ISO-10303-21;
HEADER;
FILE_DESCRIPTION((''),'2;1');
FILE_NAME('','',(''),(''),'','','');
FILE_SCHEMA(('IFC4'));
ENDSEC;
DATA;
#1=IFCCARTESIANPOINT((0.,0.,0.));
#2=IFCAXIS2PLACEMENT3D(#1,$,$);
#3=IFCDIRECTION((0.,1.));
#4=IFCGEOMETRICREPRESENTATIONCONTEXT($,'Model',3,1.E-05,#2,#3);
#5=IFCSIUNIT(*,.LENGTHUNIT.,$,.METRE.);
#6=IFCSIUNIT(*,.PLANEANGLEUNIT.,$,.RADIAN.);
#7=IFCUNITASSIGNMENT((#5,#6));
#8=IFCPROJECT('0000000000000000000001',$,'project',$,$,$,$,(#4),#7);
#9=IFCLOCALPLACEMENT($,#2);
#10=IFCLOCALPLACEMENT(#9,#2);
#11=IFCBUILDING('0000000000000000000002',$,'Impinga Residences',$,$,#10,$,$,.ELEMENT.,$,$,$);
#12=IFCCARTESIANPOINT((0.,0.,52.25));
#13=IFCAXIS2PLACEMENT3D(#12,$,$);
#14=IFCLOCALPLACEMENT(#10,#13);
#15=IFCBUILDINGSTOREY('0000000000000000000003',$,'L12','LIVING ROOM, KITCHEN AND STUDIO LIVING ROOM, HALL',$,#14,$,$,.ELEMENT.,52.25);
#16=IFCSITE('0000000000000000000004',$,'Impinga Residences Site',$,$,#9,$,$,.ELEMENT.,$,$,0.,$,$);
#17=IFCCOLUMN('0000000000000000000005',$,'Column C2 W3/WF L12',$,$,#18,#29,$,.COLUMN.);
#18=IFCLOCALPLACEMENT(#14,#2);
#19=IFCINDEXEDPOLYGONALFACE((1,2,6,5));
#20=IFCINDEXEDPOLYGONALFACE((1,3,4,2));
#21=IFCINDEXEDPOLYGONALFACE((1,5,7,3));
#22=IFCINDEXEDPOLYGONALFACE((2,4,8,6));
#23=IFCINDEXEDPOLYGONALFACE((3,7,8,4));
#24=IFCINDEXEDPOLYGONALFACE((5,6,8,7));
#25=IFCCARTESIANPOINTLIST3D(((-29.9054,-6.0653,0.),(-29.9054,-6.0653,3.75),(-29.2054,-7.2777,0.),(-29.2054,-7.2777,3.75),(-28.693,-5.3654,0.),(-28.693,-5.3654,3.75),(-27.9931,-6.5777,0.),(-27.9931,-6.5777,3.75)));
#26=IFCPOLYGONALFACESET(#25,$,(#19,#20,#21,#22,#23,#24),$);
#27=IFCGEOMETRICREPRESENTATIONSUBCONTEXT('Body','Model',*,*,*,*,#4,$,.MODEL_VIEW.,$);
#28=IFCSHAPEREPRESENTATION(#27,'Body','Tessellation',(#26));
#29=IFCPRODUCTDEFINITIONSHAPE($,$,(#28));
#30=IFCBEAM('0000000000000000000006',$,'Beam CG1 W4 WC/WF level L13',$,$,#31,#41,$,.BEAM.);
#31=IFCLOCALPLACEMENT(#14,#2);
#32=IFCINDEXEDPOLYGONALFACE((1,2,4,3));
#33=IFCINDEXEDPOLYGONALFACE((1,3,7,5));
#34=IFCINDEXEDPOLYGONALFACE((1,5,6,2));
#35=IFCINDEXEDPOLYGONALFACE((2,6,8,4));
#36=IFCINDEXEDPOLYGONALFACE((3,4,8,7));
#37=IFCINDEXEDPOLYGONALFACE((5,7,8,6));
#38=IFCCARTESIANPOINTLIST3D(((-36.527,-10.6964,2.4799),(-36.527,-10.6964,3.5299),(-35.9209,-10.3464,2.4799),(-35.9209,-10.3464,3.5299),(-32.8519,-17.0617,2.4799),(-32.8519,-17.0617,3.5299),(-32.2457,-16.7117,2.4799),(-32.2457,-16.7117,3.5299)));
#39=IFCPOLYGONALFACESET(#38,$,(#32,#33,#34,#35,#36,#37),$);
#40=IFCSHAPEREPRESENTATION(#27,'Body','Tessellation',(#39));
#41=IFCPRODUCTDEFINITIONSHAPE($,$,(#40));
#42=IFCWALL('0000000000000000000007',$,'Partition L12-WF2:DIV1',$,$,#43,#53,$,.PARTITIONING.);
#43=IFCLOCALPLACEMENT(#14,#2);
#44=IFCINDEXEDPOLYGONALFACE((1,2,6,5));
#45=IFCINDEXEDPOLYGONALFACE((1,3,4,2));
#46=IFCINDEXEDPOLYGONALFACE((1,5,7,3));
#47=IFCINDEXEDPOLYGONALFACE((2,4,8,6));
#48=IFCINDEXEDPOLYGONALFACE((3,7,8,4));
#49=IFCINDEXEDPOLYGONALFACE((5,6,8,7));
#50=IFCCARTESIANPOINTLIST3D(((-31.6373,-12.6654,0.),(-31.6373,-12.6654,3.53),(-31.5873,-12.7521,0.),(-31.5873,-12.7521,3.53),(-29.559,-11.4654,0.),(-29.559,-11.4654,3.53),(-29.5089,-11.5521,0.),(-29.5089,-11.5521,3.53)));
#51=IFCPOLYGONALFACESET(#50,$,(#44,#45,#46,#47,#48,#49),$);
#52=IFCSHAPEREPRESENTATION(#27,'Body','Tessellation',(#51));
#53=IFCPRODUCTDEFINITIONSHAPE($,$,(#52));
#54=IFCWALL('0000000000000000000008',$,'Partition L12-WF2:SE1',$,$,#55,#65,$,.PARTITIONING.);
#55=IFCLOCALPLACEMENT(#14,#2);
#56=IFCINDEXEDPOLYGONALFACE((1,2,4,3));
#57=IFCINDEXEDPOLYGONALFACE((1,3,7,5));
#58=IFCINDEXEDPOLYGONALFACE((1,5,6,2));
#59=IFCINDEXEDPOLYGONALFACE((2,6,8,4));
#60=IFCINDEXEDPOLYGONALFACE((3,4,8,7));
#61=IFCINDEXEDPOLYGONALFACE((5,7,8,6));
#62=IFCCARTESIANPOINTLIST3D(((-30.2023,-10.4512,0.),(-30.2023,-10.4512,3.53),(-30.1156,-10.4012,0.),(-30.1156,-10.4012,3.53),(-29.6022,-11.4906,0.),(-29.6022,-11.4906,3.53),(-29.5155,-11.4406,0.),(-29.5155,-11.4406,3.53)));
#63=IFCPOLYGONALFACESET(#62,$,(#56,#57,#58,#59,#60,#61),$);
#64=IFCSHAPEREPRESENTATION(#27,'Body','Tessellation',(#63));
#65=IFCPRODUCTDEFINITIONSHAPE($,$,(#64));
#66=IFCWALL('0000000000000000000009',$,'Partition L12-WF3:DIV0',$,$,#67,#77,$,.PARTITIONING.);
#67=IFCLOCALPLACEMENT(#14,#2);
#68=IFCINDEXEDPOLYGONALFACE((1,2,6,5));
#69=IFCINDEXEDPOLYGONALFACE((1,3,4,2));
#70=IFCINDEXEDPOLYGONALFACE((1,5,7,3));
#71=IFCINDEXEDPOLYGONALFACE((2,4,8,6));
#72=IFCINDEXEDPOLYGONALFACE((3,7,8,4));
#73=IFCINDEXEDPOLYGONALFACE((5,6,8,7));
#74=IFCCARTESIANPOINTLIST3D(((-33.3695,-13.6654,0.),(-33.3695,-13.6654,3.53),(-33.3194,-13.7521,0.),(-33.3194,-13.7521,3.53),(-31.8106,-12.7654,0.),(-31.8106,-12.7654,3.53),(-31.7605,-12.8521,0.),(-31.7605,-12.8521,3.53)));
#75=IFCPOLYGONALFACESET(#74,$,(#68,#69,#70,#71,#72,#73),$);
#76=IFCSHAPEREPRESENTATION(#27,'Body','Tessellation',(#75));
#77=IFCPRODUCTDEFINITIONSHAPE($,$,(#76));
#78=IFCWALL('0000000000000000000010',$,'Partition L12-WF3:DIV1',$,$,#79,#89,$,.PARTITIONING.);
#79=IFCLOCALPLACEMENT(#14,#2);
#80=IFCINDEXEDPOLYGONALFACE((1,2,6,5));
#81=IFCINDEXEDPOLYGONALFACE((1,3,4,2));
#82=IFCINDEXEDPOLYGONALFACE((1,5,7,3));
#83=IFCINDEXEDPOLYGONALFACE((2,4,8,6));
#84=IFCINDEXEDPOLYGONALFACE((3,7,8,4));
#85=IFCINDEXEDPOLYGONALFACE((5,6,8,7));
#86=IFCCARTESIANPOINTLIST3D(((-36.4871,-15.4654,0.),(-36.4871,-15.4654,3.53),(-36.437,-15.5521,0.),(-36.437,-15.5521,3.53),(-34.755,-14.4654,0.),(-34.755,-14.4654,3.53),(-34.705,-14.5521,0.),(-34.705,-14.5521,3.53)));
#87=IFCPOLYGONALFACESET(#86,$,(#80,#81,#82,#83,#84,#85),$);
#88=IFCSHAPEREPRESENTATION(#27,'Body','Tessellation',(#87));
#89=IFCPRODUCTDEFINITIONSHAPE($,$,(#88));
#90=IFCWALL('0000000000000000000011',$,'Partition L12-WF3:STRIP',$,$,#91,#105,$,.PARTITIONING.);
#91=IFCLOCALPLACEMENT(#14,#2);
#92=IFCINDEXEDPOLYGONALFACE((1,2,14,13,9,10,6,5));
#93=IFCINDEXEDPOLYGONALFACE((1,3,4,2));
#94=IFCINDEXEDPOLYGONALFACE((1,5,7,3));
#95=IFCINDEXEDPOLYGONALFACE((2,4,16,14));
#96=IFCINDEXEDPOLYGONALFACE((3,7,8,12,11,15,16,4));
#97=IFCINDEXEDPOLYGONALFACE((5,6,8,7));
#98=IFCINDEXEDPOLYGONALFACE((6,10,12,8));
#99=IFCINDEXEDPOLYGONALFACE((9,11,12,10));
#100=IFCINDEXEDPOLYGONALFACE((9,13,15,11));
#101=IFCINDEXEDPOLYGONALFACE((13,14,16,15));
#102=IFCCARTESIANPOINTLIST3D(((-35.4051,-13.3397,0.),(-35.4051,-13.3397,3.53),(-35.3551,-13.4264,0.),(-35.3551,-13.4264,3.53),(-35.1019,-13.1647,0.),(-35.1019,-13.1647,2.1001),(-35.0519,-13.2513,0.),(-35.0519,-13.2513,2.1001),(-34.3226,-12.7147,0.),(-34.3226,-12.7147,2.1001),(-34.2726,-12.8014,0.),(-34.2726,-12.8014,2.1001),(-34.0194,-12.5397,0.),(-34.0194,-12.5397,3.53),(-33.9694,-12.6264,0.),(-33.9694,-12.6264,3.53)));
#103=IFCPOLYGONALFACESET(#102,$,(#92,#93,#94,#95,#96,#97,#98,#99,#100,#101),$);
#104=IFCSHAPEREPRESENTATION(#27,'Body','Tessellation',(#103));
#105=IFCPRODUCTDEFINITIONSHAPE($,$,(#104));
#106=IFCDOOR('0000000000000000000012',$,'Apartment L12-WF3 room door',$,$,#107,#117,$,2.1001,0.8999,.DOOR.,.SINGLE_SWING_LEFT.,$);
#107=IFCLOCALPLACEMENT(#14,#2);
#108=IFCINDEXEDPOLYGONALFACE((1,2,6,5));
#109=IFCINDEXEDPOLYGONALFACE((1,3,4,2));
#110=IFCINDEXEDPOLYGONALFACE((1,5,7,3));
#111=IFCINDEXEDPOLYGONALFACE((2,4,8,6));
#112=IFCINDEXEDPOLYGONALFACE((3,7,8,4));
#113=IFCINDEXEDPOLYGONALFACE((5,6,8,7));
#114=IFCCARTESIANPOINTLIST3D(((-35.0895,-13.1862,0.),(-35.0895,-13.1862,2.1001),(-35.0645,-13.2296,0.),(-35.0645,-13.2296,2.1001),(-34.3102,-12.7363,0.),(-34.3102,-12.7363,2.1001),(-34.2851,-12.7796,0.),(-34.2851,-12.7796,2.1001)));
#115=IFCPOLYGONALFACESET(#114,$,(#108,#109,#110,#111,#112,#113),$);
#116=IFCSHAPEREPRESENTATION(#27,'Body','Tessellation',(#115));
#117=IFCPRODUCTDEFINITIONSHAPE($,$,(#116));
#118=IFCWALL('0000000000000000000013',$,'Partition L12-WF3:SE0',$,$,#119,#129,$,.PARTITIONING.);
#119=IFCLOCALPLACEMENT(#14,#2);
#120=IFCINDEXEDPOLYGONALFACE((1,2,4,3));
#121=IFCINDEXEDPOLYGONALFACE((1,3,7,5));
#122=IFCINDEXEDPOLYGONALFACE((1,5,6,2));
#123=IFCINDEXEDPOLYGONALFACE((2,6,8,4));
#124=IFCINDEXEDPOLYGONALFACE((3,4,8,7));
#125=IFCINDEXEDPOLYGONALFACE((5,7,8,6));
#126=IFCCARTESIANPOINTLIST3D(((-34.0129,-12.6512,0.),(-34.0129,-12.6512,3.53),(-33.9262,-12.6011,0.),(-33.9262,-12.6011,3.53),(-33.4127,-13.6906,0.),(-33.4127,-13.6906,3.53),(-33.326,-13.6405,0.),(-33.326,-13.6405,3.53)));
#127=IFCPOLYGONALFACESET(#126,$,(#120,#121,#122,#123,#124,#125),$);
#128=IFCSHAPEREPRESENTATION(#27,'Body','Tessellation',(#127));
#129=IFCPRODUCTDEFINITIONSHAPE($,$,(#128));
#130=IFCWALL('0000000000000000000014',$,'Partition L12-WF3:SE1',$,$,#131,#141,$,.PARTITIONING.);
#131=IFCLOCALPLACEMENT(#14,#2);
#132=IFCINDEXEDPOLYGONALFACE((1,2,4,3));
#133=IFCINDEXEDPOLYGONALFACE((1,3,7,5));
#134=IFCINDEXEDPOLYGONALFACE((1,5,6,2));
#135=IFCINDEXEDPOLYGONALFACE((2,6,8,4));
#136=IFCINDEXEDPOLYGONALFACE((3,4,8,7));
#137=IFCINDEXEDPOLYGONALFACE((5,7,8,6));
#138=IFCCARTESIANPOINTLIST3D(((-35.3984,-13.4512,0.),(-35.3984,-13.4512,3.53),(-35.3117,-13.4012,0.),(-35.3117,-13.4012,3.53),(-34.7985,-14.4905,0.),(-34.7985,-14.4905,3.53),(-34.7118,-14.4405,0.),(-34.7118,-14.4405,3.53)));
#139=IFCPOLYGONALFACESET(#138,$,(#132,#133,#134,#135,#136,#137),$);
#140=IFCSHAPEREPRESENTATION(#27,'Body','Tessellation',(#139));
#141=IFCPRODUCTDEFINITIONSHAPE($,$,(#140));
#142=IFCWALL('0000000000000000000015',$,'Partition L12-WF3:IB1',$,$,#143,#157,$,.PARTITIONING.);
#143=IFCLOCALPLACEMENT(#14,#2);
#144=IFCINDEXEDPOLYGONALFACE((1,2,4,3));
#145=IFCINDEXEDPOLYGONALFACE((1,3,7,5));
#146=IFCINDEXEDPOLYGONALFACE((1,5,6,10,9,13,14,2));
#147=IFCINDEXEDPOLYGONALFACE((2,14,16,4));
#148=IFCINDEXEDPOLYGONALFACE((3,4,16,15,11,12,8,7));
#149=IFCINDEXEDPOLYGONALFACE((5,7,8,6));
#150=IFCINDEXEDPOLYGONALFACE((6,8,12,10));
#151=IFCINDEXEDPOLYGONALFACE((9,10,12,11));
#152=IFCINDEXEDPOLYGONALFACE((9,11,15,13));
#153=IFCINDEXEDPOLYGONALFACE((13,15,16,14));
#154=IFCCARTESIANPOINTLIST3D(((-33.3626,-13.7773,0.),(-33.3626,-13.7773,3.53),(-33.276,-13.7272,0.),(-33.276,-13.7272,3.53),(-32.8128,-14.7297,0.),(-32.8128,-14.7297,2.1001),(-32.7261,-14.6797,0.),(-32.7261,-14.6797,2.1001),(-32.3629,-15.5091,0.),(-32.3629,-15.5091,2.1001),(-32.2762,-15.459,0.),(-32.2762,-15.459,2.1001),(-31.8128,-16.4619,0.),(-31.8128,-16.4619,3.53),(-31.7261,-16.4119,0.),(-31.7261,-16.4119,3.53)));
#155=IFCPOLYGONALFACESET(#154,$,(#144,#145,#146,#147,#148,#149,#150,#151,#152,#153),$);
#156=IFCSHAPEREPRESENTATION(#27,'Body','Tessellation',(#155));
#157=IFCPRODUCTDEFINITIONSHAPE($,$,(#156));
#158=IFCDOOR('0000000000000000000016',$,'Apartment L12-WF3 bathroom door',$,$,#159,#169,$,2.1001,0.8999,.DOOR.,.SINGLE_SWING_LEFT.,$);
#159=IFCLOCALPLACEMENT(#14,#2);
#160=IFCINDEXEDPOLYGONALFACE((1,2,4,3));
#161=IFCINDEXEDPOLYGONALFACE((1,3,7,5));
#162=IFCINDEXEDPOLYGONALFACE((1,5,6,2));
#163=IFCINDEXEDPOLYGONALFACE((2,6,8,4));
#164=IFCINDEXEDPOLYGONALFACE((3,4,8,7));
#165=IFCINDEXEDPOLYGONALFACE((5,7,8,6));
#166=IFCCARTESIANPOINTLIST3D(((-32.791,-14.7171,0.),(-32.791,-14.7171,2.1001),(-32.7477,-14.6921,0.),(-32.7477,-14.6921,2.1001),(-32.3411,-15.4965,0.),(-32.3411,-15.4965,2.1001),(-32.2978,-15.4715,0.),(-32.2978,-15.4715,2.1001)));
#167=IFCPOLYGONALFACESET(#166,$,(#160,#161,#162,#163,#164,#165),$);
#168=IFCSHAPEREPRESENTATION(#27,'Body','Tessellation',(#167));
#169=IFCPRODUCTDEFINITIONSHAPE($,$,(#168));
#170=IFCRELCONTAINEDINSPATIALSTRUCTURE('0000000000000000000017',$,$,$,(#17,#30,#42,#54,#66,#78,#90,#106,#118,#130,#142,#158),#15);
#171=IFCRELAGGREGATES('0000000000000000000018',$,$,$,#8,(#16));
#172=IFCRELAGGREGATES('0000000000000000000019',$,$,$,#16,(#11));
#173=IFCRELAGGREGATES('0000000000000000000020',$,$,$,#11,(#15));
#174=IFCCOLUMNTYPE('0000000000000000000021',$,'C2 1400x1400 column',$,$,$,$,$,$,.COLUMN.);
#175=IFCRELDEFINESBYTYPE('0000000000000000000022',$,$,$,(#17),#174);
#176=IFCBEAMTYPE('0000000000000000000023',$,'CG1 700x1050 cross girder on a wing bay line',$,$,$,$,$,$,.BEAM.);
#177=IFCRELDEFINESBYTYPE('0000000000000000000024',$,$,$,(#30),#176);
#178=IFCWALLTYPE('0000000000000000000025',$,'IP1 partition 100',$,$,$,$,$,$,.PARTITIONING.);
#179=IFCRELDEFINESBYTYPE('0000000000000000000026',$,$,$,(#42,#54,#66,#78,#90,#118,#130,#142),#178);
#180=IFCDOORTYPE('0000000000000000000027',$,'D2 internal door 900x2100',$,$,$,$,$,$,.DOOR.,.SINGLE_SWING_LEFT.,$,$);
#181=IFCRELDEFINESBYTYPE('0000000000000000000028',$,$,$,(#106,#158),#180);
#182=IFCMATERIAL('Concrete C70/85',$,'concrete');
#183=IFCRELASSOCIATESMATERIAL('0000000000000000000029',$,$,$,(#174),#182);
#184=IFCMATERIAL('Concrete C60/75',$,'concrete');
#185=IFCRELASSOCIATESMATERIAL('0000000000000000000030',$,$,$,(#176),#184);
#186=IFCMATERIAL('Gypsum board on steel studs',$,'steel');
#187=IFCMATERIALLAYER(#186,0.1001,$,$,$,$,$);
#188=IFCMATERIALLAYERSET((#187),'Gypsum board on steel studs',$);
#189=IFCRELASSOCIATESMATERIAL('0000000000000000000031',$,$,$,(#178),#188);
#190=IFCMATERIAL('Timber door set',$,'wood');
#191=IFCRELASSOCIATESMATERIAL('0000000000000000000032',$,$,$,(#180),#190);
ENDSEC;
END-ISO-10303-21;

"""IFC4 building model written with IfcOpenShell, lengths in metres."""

from ifc_helpers import new_model, si_unit, direction, frame, frame_2d, origin, origin_2d, place, context, subcontext, project, spatial, rectangle, extrude, material, layer, layer_set, material_profile, profile_set, type_object, element, fill, save


model = new_model("IFC4")

# Units and contexts
model_context = context("Model", 3, precision=1e-05, world=origin(), true_north=direction((0.0, 1.0)))
body_context = subcontext(model_context, "Body", "Model", "MODEL_VIEW")
ifc_project = project(units=[si_unit("LENGTHUNIT", "METRE"), si_unit("PLANEANGLEUNIT", "RADIAN")], contexts=[model_context])

# Site, building, storey
site_placement = place(None, origin())
site = spatial("IfcSite", under=ifc_project, at=site_placement, Name="Impinga Residences Site", CompositionType="ELEMENT", RefElevation=0.0)
building_placement = place(site_placement, origin())
building = spatial("IfcBuilding", under=site, at=building_placement, Name="Impinga Residences", CompositionType="ELEMENT")
storey_placement = place(building_placement, frame((0.0, 0.0, 52.25)))
storey = spatial("IfcBuildingStorey", under=building, at=storey_placement, Name="L12", Description="LIVING ROOM, KITCHEN AND STUDIO LIVING ROOM, HALL", CompositionType="ELEMENT", Elevation=52.25)

# Column
ifc_material_1 = material(Name="Concrete C70/85", Category="concrete")
ifc_material_profile_1 = material_profile(ifc_material_1, rectangle(XDim=1.3999, YDim=1.3999, at=origin_2d()), Name="RC 1400x1400")
ifc_profile_set_1 = profile_set([ifc_material_profile_1], Name="Concrete C70/85")
column_type = type_object("IfcColumnType", Name="C2 1400x1400 column", PredefinedType="COLUMN", material=ifc_profile_set_1)
column_placement = place(storey_placement, frame((-28.9492, -6.3215, 0.0), z_axis=(0.0, 0.0, 1.0), x_axis=(-0.5, 0.866025, 0.0)))
element("IfcColumn", 1, at=column_placement, inside=storey, type_object=column_type, Name="Column C2 W3/WF L12", PredefinedType="COLUMN", context=body_context, shape_type="SweptSolid", body=[
    extrude(rectangle(XDim=1.3999, YDim=1.3999, at=origin_2d()), origin(), (0.0, 0.0, 1.0), 3.75),
])

# Beam
ifc_material_2 = material(Name="Concrete C60/75", Category="concrete")
ifc_material_profile_2 = material_profile(ifc_material_2, rectangle(XDim=0.7, YDim=1.05, at=origin_2d()), Name="RC 700x1050")
ifc_profile_set_2 = profile_set([ifc_material_profile_2], Name="Concrete C60/75")
beam_type = type_object("IfcBeamType", Name="CG1 700x1050 cross girder on a wing bay line", PredefinedType="BEAM", material=ifc_profile_set_2)
beam_placement = place(storey_placement, frame((-32.5488, -16.8867, 3.0049), z_axis=(-0.500008, 0.866021, 0.0), x_axis=(-0.866021, -0.500008, 0.0)))
element("IfcBeam", 2, at=beam_placement, inside=storey, type_object=beam_type, Name="Beam CG1 W4 WC/WF level L13", PredefinedType="BEAM", context=body_context, shape_type="SweptSolid", body=[
    extrude(rectangle(XDim=0.7, YDim=1.05, at=origin_2d()), origin(), (0.0, 0.0, 1.0), 7.3501),
])

# Walls
ifc_material_3 = material(Name="Gypsum board on steel studs", Category="steel")
ifc_layer_1 = layer(ifc_material_3, 0.1001)
ifc_layer_set_1 = layer_set([ifc_layer_1], Name="Gypsum board on steel studs")
wall_type_1 = type_object("IfcWallType", Name="IP1 partition 100", PredefinedType="PARTITIONING", material=ifc_layer_set_1)
wall_1_placement = place(storey_placement, frame((-29.5339, -11.5088, 0.0), z_axis=(0.0, 0.0, 1.0), x_axis=(-0.866025, -0.500001, 0.0)))
element("IfcWall", 3, at=wall_1_placement, inside=storey, type_object=wall_type_1, Name="Partition L12-WF2:DIV1", PredefinedType="PARTITIONING", context=body_context, shape_type="SweptSolid", body=[
    extrude(rectangle(XDim=2.3999, YDim=0.1001, at=frame_2d((1.2, 0.0))), origin(), (0.0, 0.0, 1.0), 3.53),
])
wall_2_placement = place(storey_placement, frame((-29.5588, -11.4656, 0.0), z_axis=(0.0, 0.0, 1.0), x_axis=(-0.500034, 0.866006, 0.0)))
element("IfcWall", 4, at=wall_2_placement, inside=storey, type_object=wall_type_1, Name="Partition L12-WF2:SE1", PredefinedType="PARTITIONING", context=body_context, shape_type="SweptSolid", body=[
    extrude(rectangle(XDim=1.2002, YDim=0.1001, at=frame_2d((0.6001, 0.0))), origin(), (0.0, 0.0, 1.0), 3.53),
])
wall_3_placement = place(storey_placement, frame((-31.7856, -12.8088, 0.0), z_axis=(0.0, 0.0, 1.0), x_axis=(-0.866048, -0.499961, 0.0)))
element("IfcWall", 5, at=wall_3_placement, inside=storey, type_object=wall_type_1, Name="Partition L12-WF3:DIV0", PredefinedType="PARTITIONING", context=body_context, shape_type="SweptSolid", body=[
    extrude(rectangle(XDim=1.8, YDim=0.1001, at=frame_2d((0.8999, 0.0))), origin(), (0.0, 0.0, 1.0), 3.53),
])
wall_4_placement = place(storey_placement, frame((-34.73, -14.5088, 0.0), z_axis=(0.0, 0.0, 1.0), x_axis=(-0.866041, -0.499973, 0.0)))
element("IfcWall", 6, at=wall_4_placement, inside=storey, type_object=wall_type_1, Name="Partition L12-WF3:DIV1", PredefinedType="PARTITIONING", context=body_context, shape_type="SweptSolid", body=[
    extrude(rectangle(XDim=2.0, YDim=0.1001, at=frame_2d((1.0, 0.0))), origin(), (0.0, 0.0, 1.0), 3.53),
])

# Wall, opening, door
wall_5_placement = place(storey_placement, frame((-33.9944, -12.583, 0.0), z_axis=(0.0, 0.0, 1.0), x_axis=(-0.866028, -0.499995, 0.0)))
wall_5 = element("IfcWall", 7, at=wall_5_placement, inside=storey, type_object=wall_type_1, Name="Partition L12-WF3:STRIP", PredefinedType="PARTITIONING", context=body_context, shape_type="SweptSolid", body=[
    extrude(rectangle(XDim=1.6001, YDim=0.1001, at=frame_2d((0.8, 0.0))), origin(), (0.0, 0.0, 1.0), 3.53),
])
opening_1_placement = place(wall_5_placement, frame((0.3501, 0.0, 0.0)))
opening_1 = element("IfcOpeningElement", 8, at=opening_1_placement, cuts=wall_5, PredefinedType="OPENING", context=body_context, shape_type="SweptSolid", body=[
    extrude(rectangle(XDim=0.8999, YDim=2.1001, at=frame_2d((0.45, 1.05))), frame((0.0, 0.0601, 0.0), z_axis=(0.0, -1.0, 0.0), x_axis=(1.0, 0.0, 0.0)), (0.0, 0.0, 1.0), 0.1201),
])
ifc_material_4 = material(Name="Timber door set", Category="wood")
door_type = type_object("IfcDoorType", Name="D2 internal door 900x2100", OperationType="SINGLE_SWING_LEFT", PredefinedType="DOOR", material=ifc_material_4)
door_1_placement = place(opening_1_placement, origin())
door_1 = element("IfcDoor", 9, at=door_1_placement, inside=storey, type_object=door_type, Name="Apartment L12-WF3 room door", OperationType="SINGLE_SWING_LEFT", OverallHeight=2.1001, OverallWidth=0.8999, PredefinedType="DOOR", context=body_context, shape_type="SweptSolid", body=[
    extrude(rectangle(XDim=0.8999, YDim=2.1001, at=frame_2d((0.45, 1.05))), frame((0.0, 0.0249, 0.0), z_axis=(0.0, -1.0, 0.0), x_axis=(1.0, 0.0, 0.0)), (0.0, 0.0, 1.0), 0.05),
])
fill(opening_1, door_1)

# Walls
wall_6_placement = place(storey_placement, frame((-33.3694, -13.6655, 0.0), z_axis=(0.0, 0.0, 1.0), x_axis=(-0.500034, 0.866006, 0.0)))
element("IfcWall", 10, at=wall_6_placement, inside=storey, type_object=wall_type_1, Name="Partition L12-WF3:SE0", PredefinedType="PARTITIONING", context=body_context, shape_type="SweptSolid", body=[
    extrude(rectangle(XDim=1.2002, YDim=0.1001, at=frame_2d((0.6001, 0.0))), origin(), (0.0, 0.0, 1.0), 3.53),
])
wall_7_placement = place(storey_placement, frame((-34.7551, -14.4656, 0.0), z_axis=(0.0, 0.0, 1.0), x_axis=(-0.499881, 0.866094, 0.0)))
element("IfcWall", 11, at=wall_7_placement, inside=storey, type_object=wall_type_1, Name="Partition L12-WF3:SE1", PredefinedType="PARTITIONING", context=body_context, shape_type="SweptSolid", body=[
    extrude(rectangle(XDim=1.2, YDim=0.1001, at=frame_2d((0.6001, 0.0))), origin(), (0.0, 0.0, 1.0), 3.53),
])

# Wall, opening, door
wall_8_placement = place(storey_placement, frame((-31.7695, -16.4368, 0.0), z_axis=(0.0, 0.0, 1.0), x_axis=(-0.499968, 0.866044, 0.0)))
wall_8 = element("IfcWall", 12, at=wall_8_placement, inside=storey, type_object=wall_type_1, Name="Partition L12-WF3:IB1", PredefinedType="PARTITIONING", context=body_context, shape_type="SweptSolid", body=[
    extrude(rectangle(XDim=3.0999, YDim=0.1001, at=frame_2d((1.5498, 0.0))), origin(), (0.0, 0.0, 1.0), 3.53),
])
opening_2_placement = place(wall_8_placement, frame((1.1001, 0.0, 0.0)))
opening_2 = element("IfcOpeningElement", 13, at=opening_2_placement, cuts=wall_8, PredefinedType="OPENING", context=body_context, shape_type="SweptSolid", body=[
    extrude(rectangle(XDim=0.8999, YDim=2.1001, at=frame_2d((0.45, 1.05))), frame((0.0, 0.0601, 0.0), z_axis=(0.0, -1.0, 0.0), x_axis=(1.0, 0.0, 0.0)), (0.0, 0.0, 1.0), 0.1201),
])
door_2_placement = place(opening_2_placement, origin())
door_2 = element("IfcDoor", 14, at=door_2_placement, inside=storey, type_object=door_type, Name="Apartment L12-WF3 bathroom door", OperationType="SINGLE_SWING_LEFT", OverallHeight=2.1001, OverallWidth=0.8999, PredefinedType="DOOR", context=body_context, shape_type="SweptSolid", body=[
    extrude(rectangle(XDim=0.8999, YDim=2.1001, at=frame_2d((0.45, 1.05))), frame((0.0, 0.0249, 0.0), z_axis=(0.0, -1.0, 0.0), x_axis=(1.0, 0.0, 0.0)), (0.0, 0.0, 1.0), 0.05),
])
fill(opening_2, door_2)

save(model, "model.ifc")
